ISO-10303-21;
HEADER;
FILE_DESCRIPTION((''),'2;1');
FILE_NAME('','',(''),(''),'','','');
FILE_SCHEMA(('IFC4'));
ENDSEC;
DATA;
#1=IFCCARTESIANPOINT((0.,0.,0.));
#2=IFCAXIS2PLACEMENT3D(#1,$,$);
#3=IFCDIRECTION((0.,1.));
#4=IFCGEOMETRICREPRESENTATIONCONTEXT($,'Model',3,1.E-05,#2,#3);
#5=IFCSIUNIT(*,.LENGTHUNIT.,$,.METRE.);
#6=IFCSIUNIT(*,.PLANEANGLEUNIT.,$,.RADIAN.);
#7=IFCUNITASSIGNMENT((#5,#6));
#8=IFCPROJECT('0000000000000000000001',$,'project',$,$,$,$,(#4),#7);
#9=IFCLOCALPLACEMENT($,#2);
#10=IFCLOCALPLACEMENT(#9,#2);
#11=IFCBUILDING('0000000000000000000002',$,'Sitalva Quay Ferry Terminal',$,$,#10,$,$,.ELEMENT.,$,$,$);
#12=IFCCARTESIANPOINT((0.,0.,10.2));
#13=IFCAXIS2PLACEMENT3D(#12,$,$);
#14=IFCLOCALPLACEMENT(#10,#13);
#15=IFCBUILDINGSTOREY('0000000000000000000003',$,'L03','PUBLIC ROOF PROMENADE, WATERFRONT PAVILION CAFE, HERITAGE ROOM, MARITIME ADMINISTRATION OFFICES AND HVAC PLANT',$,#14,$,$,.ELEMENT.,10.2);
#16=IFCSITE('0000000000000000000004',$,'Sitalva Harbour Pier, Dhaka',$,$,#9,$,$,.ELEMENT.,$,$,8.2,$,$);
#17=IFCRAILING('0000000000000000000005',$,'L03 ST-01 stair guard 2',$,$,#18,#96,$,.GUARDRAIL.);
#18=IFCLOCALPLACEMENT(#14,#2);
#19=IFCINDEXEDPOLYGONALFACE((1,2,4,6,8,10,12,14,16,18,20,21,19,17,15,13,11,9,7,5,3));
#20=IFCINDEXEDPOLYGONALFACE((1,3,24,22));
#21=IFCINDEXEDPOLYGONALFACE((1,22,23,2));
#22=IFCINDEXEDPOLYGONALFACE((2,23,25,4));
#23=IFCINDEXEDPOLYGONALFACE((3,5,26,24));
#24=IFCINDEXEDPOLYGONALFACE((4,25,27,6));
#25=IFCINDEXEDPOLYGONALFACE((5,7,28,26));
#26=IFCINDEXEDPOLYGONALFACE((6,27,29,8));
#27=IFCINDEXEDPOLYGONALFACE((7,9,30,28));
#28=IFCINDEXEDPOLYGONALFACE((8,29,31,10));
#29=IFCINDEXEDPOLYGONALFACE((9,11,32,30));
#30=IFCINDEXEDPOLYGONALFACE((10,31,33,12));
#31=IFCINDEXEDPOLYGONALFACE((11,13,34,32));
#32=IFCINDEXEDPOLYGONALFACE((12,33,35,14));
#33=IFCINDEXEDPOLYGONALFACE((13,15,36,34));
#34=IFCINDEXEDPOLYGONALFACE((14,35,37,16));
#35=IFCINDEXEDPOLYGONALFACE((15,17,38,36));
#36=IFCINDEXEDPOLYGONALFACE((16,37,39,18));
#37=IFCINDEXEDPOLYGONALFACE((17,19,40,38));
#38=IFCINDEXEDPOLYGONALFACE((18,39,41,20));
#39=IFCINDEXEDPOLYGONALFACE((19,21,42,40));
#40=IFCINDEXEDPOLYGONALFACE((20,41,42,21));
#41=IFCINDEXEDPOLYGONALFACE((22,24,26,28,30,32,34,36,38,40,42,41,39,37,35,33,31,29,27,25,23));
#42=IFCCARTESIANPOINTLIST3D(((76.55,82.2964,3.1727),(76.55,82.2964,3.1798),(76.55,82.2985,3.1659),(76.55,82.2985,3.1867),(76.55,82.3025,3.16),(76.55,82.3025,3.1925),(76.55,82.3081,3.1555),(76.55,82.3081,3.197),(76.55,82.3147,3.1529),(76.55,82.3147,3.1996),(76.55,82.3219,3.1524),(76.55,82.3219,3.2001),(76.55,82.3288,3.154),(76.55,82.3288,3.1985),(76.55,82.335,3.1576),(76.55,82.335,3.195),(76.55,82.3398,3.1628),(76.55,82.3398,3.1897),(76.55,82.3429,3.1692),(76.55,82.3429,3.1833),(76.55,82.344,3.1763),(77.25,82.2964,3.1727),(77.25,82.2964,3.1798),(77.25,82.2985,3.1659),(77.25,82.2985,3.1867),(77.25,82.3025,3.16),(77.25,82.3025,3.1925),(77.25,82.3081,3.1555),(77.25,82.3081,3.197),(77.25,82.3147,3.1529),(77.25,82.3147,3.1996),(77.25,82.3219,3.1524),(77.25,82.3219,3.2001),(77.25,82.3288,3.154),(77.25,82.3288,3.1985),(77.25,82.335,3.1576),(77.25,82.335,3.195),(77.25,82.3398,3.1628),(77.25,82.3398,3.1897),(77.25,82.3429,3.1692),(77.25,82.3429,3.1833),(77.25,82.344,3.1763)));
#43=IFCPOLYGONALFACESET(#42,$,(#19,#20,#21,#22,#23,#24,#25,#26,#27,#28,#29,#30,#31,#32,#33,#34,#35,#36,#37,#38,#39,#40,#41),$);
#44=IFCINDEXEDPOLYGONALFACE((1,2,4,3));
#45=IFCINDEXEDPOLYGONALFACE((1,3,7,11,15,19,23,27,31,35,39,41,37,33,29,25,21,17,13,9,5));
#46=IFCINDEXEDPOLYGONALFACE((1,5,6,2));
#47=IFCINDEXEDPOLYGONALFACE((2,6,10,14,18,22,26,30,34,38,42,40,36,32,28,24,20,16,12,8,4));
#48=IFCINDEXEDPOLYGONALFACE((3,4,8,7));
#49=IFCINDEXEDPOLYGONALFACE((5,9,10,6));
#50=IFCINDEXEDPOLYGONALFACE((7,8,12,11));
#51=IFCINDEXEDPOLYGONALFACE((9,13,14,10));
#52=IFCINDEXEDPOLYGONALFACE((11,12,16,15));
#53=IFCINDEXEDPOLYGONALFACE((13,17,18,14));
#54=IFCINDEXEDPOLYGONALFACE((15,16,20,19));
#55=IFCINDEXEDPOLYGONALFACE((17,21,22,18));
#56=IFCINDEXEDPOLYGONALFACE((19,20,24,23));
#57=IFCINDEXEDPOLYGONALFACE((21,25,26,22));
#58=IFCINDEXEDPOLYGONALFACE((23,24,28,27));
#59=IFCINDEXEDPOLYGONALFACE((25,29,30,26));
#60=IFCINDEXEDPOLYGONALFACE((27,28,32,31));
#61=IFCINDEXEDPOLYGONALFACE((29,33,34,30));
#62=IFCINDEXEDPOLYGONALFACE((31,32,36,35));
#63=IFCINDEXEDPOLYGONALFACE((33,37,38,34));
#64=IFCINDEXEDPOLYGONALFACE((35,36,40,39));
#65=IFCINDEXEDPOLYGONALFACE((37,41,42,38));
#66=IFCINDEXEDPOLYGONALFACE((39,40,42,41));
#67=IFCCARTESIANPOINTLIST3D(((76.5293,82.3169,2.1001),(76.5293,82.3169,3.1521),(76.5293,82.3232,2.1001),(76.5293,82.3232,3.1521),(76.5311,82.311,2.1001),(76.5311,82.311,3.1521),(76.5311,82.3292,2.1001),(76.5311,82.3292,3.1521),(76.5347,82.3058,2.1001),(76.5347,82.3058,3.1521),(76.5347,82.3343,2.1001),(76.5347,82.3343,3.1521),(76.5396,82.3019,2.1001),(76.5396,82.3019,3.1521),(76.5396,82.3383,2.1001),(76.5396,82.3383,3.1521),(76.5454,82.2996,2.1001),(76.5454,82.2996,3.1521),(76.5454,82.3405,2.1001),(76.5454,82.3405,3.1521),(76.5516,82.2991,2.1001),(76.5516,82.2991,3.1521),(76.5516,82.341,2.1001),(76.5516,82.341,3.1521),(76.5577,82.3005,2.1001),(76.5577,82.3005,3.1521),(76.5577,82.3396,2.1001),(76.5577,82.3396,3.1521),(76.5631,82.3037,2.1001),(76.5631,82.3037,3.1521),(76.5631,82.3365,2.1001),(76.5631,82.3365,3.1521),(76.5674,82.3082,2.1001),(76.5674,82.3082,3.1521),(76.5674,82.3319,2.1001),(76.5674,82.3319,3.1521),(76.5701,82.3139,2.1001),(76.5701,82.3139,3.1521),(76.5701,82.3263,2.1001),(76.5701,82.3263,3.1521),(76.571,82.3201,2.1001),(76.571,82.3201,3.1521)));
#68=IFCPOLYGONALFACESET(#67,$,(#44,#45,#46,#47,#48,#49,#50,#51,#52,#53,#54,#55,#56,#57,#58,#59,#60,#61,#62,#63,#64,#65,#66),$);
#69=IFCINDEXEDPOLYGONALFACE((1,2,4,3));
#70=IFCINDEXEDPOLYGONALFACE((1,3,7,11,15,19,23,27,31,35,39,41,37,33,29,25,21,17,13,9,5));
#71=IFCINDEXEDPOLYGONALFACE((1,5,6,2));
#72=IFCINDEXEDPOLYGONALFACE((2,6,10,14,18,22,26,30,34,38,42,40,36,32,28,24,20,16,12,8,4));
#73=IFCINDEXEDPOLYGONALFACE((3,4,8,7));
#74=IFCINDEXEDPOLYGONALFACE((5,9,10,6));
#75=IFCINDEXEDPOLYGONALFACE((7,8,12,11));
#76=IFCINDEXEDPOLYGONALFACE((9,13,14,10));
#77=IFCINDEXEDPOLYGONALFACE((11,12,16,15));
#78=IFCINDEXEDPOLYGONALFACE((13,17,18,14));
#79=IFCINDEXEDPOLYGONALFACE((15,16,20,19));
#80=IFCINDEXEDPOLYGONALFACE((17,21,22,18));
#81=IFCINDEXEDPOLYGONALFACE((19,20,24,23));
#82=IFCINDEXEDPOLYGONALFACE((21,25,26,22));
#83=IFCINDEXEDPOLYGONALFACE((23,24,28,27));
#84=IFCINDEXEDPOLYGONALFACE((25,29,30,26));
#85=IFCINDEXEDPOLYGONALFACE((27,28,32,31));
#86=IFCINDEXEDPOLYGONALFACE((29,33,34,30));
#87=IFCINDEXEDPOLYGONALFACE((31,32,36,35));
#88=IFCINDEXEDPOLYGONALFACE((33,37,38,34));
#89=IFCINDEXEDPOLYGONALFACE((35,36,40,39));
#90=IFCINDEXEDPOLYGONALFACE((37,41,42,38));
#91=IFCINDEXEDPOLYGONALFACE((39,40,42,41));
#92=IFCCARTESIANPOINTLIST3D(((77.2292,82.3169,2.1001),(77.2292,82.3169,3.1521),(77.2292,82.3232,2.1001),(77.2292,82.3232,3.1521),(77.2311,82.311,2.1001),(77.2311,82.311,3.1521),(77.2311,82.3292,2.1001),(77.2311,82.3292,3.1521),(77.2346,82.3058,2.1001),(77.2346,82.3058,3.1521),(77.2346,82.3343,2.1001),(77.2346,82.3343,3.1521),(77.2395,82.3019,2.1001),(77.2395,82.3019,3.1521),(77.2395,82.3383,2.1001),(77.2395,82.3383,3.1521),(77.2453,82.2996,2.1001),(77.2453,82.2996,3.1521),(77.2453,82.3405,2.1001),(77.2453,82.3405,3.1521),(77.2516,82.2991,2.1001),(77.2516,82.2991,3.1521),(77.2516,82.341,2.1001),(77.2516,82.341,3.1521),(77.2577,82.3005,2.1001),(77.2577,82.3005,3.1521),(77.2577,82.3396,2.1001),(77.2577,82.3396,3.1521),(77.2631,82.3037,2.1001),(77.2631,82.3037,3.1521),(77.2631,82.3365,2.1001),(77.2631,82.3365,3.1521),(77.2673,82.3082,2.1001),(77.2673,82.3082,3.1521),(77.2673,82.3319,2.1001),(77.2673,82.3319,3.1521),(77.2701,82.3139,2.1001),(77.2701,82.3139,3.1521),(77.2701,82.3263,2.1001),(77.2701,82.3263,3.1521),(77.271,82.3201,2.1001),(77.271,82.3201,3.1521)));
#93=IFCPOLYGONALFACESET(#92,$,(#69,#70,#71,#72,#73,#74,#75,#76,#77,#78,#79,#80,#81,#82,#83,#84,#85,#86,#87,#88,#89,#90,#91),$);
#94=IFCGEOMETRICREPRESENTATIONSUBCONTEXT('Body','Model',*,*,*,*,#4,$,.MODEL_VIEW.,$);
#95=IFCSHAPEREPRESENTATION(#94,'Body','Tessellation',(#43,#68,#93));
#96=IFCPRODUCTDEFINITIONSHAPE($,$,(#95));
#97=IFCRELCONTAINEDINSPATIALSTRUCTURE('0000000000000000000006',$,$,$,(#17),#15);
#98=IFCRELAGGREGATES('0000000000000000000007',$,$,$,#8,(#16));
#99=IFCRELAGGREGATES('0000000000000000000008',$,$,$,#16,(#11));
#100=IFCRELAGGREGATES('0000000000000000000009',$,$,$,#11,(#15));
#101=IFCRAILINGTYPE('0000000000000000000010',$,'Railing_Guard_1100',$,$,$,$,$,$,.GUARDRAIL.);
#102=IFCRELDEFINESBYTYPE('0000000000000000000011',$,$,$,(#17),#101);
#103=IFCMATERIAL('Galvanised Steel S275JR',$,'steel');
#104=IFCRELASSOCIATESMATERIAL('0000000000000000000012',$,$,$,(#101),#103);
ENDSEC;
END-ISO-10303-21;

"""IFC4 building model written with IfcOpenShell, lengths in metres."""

from ifc_helpers import new_model, si_unit, direction, frame, origin, origin_2d, place, context, subcontext, project, spatial, circle, extrude, material, type_object, element, save


model = new_model("IFC4")

# Units and contexts
model_context = context("Model", 3, precision=1e-05, world=origin(), true_north=direction((0.0, 1.0)))
body_context = subcontext(model_context, "Body", "Model", "MODEL_VIEW")
ifc_project = project(units=[si_unit("LENGTHUNIT", "METRE"), si_unit("PLANEANGLEUNIT", "RADIAN")], contexts=[model_context])

# Site, building, storey
site_placement = place(None, origin())
site = spatial("IfcSite", under=ifc_project, at=site_placement, Name="Sitalva Harbour Pier, Dhaka", CompositionType="ELEMENT", RefElevation=8.2)
building_placement = place(site_placement, origin())
building = spatial("IfcBuilding", under=site, at=building_placement, Name="Sitalva Quay Ferry Terminal", CompositionType="ELEMENT")
storey_placement = place(building_placement, frame((0.0, 0.0, 10.2)))
storey = spatial("IfcBuildingStorey", under=building, at=storey_placement, Name="L03", Description="PUBLIC ROOF PROMENADE, WATERFRONT PAVILION CAFE, HERITAGE ROOM, MARITIME ADMINISTRATION OFFICES AND HVAC PLANT", CompositionType="ELEMENT", Elevation=10.2)

# Railing
ifc_material_1 = material(Name="Galvanised Steel S275JR", Category="steel")
railing_type_1 = type_object("IfcRailingType", Name="Railing_Guard_1100", PredefinedType="GUARDRAIL", material=ifc_material_1)
railing_1_placement = place(storey_placement, frame((76.55, 82.3201, 2.1001)))
element("IfcRailing", 1, at=railing_1_placement, inside=storey, type_object=railing_type_1, Name="L03 ST-01 stair guard 2", PredefinedType="GUARDRAIL", context=body_context, shape_type="SweptSolid", body=[
    extrude(circle(Radius=0.0239, at=origin_2d()), frame((0.0, 0.0, 1.0762), z_axis=(1.0, 0.0, 0.0), x_axis=(0.0, 1.0, 0.0)), (0.0, 0.0, 1.0), 0.7),
    extrude(circle(Radius=0.021, at=origin_2d()), origin(), (0.0, 0.0, 1.0), 1.052),
    extrude(circle(Radius=0.021, at=origin_2d()), frame((0.7, 0.0, 0.0)), (0.0, 0.0, 1.0), 1.052),
])

save(model, "model.ifc")
